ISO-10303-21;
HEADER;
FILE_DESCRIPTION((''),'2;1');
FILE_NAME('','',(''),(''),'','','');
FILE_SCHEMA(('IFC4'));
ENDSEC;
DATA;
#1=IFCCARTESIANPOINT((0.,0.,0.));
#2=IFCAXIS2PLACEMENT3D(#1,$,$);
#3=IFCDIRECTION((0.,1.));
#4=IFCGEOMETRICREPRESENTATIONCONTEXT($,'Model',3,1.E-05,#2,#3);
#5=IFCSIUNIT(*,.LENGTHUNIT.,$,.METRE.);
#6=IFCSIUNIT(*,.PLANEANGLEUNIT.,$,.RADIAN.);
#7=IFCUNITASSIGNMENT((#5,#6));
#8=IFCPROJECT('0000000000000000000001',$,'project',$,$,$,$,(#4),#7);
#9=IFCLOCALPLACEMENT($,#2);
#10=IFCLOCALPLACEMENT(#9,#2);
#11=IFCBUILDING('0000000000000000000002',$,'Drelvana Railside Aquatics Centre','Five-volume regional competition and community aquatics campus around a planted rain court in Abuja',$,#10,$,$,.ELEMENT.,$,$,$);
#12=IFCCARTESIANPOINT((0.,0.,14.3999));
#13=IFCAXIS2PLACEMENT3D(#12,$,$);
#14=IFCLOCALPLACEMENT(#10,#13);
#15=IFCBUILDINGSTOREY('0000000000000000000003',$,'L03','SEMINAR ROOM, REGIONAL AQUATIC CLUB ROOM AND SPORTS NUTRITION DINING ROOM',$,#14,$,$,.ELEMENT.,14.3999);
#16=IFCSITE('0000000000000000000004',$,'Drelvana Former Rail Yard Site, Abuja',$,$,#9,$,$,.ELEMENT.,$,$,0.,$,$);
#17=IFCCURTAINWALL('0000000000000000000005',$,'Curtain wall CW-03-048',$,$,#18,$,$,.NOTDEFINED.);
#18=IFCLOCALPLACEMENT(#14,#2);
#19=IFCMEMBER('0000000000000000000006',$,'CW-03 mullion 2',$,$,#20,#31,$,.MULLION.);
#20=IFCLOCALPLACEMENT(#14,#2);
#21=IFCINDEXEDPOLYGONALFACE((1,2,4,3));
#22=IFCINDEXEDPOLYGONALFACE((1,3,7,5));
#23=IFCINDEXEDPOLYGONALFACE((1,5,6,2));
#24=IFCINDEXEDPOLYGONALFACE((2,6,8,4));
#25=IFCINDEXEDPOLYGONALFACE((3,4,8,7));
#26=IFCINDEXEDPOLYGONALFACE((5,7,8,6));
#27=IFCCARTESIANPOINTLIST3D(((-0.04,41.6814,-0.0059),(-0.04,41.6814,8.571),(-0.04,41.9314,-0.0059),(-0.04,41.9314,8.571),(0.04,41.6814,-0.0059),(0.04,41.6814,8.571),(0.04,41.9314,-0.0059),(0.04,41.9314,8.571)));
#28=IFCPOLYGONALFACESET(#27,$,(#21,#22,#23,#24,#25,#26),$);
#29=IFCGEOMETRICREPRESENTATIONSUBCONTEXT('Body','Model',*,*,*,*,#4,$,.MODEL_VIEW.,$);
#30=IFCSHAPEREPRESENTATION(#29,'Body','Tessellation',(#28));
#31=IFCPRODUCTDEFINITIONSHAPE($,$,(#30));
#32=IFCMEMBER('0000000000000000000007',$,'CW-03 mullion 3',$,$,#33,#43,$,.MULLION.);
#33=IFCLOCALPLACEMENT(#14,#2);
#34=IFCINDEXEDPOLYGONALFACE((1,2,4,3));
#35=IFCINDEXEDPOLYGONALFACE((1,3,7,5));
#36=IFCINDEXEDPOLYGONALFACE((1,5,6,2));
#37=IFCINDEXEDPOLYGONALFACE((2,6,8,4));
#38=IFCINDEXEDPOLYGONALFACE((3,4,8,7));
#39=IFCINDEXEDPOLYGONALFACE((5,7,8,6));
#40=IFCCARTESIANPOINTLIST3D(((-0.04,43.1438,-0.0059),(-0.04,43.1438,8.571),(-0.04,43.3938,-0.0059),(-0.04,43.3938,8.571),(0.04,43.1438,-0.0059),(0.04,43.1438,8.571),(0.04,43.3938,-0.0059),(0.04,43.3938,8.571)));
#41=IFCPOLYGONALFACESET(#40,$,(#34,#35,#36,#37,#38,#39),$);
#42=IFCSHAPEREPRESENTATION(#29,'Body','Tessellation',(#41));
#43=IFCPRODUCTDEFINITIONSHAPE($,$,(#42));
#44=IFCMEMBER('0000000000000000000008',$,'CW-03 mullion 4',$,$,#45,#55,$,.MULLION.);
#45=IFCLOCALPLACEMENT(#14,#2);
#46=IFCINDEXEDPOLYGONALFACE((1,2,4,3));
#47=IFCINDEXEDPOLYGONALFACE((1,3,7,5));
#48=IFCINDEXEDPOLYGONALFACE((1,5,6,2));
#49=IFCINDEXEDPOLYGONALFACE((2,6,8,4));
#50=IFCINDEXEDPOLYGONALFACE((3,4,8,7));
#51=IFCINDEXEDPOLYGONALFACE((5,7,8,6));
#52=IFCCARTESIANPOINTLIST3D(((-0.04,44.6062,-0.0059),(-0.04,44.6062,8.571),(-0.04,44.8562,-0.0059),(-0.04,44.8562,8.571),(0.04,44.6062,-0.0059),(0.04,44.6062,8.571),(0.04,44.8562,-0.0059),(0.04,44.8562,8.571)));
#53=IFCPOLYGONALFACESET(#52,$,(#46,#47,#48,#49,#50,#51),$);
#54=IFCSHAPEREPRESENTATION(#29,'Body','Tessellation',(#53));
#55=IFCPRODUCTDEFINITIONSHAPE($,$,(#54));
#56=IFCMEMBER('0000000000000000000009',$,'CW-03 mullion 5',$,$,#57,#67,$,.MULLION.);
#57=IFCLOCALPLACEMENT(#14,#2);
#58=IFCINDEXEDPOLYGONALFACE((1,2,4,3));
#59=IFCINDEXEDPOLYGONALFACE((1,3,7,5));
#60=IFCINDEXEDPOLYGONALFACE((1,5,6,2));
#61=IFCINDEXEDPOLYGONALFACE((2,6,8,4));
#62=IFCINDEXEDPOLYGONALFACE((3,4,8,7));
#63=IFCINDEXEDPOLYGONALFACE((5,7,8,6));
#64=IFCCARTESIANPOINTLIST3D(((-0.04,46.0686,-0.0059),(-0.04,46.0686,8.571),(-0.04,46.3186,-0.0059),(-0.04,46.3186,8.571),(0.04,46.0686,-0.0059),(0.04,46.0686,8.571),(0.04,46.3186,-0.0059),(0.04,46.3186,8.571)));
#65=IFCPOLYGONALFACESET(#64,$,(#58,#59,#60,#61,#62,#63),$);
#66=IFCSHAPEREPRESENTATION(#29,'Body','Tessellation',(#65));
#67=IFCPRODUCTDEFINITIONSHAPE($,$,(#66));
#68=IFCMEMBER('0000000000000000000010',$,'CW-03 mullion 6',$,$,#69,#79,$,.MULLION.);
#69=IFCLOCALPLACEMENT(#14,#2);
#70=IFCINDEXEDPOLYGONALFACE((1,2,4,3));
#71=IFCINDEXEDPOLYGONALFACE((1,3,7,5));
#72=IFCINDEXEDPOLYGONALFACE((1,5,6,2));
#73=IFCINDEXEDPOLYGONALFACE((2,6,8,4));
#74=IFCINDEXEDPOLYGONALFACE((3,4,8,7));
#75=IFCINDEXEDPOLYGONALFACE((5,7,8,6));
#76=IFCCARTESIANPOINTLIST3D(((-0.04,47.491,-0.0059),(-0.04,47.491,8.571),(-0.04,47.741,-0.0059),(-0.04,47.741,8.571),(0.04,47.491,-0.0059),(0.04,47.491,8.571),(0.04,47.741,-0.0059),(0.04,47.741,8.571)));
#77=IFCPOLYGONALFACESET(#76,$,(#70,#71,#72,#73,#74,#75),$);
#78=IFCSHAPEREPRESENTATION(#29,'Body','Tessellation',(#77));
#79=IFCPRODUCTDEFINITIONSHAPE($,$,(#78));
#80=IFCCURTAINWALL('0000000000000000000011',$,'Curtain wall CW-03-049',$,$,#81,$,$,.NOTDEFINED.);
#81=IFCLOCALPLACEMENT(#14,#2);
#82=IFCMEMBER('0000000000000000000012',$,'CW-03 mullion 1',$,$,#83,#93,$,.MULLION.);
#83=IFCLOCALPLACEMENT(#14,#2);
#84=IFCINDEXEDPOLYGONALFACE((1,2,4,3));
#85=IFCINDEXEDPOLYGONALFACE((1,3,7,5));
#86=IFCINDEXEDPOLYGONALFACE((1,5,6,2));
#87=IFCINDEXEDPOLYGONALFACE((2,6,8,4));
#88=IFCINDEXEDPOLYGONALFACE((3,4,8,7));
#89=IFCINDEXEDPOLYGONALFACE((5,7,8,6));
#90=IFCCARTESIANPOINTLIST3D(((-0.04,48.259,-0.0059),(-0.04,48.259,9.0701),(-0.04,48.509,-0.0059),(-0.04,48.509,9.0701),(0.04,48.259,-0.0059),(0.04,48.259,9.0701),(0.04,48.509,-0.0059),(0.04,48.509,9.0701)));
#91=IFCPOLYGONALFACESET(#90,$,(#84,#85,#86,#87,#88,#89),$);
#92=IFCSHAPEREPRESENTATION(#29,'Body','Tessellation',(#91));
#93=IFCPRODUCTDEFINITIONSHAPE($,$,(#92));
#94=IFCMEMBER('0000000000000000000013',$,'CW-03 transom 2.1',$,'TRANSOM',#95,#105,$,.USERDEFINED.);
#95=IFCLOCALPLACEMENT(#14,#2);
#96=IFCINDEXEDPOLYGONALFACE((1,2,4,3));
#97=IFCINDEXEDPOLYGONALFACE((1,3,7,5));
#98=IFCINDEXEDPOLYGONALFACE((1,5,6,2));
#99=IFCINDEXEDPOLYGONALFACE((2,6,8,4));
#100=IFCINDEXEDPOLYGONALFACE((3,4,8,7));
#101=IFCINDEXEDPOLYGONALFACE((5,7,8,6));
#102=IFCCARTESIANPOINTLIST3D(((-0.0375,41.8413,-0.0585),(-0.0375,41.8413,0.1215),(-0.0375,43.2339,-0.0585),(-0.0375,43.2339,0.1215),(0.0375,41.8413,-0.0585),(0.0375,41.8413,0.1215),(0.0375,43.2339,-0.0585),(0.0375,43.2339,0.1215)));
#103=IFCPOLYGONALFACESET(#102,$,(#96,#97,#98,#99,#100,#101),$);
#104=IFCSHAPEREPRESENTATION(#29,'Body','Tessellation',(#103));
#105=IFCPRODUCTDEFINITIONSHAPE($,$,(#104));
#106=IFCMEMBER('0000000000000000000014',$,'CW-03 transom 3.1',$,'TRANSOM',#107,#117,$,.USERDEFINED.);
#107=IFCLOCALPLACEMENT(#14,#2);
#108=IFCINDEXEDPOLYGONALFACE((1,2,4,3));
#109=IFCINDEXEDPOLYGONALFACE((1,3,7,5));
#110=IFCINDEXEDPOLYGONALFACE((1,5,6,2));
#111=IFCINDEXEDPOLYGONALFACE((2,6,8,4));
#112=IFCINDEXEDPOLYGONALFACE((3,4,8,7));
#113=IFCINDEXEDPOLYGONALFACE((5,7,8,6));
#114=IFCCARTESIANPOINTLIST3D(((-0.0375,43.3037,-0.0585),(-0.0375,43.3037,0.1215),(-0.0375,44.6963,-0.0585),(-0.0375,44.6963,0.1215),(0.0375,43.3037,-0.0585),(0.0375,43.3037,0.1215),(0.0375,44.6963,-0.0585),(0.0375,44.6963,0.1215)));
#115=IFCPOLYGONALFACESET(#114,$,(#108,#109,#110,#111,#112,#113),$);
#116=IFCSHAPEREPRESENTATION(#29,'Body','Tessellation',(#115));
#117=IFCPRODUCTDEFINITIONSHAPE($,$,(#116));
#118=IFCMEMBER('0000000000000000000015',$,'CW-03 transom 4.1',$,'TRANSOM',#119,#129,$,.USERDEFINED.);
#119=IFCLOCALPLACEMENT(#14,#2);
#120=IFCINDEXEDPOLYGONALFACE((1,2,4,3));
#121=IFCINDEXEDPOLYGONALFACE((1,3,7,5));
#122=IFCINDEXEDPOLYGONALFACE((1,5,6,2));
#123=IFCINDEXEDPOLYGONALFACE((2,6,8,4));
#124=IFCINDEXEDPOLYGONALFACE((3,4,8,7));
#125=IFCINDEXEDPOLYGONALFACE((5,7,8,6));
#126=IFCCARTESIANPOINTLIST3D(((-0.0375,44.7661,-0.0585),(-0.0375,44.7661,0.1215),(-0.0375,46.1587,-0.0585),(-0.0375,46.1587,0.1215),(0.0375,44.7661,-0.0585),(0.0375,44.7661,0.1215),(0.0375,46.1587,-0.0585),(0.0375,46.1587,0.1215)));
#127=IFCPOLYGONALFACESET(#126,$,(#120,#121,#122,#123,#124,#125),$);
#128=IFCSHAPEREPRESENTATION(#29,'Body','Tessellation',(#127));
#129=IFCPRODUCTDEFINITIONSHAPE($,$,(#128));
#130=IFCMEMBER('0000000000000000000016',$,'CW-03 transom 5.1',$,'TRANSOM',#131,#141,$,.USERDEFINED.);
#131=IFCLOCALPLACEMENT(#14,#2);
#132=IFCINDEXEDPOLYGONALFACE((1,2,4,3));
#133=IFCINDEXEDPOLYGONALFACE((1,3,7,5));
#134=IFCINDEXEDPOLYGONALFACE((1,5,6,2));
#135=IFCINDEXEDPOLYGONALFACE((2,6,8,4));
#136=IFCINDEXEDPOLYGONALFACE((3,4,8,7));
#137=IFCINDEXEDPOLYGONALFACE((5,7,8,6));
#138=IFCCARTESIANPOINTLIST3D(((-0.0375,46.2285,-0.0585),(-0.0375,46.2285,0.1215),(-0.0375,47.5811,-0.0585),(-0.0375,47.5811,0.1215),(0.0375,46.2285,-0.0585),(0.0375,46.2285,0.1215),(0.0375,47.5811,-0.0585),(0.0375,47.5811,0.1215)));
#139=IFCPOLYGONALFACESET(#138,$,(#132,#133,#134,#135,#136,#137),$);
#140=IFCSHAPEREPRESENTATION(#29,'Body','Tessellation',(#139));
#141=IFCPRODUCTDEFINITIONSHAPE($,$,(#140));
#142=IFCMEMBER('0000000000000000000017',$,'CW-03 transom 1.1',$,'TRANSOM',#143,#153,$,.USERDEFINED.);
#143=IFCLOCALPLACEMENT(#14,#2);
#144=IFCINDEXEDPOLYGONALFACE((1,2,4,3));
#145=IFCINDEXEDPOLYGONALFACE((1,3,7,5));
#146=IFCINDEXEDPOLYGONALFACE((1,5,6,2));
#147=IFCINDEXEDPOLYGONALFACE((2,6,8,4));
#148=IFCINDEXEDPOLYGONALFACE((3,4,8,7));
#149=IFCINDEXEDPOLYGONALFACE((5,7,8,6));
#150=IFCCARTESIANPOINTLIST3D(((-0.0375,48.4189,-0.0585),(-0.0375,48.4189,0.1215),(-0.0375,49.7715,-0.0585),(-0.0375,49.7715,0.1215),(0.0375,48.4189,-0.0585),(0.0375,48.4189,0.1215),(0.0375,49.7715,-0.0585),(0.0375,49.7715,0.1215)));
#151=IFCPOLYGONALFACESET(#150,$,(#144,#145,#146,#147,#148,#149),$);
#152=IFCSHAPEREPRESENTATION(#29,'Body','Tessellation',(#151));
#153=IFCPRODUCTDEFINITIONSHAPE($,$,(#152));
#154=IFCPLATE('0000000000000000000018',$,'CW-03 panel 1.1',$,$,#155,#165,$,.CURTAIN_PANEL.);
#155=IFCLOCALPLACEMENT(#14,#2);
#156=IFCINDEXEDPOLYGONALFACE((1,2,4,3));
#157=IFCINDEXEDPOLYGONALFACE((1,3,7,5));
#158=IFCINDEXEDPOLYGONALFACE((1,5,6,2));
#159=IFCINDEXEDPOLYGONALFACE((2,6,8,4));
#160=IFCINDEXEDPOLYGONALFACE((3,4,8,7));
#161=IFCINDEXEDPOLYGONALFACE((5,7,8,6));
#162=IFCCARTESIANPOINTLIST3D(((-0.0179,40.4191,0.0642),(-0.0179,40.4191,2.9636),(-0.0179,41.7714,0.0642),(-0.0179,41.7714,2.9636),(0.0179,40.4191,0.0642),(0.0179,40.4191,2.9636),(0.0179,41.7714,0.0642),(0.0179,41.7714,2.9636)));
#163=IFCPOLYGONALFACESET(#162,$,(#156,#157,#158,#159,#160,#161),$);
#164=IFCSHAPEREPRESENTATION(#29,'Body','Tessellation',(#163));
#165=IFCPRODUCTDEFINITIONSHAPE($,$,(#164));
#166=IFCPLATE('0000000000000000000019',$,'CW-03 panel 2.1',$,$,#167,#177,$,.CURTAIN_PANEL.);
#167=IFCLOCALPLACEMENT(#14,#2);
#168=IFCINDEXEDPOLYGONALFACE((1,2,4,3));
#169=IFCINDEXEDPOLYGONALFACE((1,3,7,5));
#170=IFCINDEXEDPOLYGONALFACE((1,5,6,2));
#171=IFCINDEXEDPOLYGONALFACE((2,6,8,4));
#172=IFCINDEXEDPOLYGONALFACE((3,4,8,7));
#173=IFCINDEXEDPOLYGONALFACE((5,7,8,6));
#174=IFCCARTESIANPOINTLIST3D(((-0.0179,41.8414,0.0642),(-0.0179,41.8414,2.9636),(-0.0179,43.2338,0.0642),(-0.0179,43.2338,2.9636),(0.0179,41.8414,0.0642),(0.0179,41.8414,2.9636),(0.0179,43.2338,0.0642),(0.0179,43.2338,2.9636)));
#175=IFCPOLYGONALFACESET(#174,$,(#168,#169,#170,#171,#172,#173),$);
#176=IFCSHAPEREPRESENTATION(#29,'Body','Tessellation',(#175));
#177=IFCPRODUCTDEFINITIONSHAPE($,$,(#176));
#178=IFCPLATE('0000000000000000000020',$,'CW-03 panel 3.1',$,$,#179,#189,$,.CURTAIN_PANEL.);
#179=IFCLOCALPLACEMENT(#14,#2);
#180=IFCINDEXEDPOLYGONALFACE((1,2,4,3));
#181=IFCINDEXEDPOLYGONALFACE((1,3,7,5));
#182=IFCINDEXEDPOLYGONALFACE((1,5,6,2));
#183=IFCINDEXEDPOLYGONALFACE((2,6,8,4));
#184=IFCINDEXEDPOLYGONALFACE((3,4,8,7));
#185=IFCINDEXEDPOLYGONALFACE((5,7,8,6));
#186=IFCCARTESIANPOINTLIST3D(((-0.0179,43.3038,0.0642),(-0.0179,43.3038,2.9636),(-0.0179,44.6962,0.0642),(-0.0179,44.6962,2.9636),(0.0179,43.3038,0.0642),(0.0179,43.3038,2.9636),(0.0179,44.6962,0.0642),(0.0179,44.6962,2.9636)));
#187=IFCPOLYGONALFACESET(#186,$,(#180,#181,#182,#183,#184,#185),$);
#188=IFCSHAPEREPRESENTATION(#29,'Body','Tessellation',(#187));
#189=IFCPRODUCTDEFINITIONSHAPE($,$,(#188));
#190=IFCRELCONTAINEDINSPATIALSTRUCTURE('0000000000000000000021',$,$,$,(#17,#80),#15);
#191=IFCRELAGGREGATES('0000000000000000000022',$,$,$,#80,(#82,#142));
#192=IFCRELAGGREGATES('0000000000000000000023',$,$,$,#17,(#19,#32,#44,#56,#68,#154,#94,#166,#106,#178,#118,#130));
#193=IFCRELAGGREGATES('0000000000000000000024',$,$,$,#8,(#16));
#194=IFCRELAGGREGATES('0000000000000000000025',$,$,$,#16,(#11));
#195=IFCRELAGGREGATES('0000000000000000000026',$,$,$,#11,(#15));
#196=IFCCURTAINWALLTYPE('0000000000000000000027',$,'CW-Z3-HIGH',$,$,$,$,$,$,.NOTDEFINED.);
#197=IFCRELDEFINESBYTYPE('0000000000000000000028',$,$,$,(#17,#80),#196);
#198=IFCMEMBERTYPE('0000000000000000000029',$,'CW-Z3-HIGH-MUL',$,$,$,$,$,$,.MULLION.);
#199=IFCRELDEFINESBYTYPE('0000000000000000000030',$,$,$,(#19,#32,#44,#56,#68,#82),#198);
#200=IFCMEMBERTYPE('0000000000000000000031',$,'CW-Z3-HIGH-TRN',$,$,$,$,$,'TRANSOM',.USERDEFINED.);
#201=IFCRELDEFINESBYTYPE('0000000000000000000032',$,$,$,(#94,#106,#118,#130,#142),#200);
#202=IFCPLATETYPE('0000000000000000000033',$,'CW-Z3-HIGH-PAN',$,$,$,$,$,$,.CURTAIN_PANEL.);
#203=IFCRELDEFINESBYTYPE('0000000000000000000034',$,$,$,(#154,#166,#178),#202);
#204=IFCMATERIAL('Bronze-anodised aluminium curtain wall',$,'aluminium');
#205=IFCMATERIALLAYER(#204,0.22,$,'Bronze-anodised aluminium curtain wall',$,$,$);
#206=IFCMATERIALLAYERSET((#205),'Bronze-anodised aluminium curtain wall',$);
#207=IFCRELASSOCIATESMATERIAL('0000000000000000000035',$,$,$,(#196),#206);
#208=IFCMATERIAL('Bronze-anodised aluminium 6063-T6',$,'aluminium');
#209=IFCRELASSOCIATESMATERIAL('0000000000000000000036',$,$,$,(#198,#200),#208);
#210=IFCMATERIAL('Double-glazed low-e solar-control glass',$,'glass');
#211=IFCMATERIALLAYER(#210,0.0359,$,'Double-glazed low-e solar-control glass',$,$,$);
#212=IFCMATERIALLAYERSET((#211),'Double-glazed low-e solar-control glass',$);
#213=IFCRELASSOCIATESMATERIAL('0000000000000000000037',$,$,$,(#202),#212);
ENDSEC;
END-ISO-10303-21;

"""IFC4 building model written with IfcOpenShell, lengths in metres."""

from ifc_helpers import new_model, si_unit, direction, frame, origin, origin_2d, place, context, subcontext, project, spatial, rectangle, extrude, material, layer, layer_set, material_profile, profile_set, type_object, element, aggregate, save


model = new_model("IFC4")

# Units and contexts
model_context = context("Model", 3, precision=1e-05, world=origin(), true_north=direction((0.0, 1.0)))
body_context = subcontext(model_context, "Body", "Model", "MODEL_VIEW")
ifc_project = project(units=[si_unit("LENGTHUNIT", "METRE"), si_unit("PLANEANGLEUNIT", "RADIAN")], contexts=[model_context])

# Site, building, storey
site_placement = place(None, origin())
site = spatial("IfcSite", under=ifc_project, at=site_placement, Name="Drelvana Former Rail Yard Site, Abuja", CompositionType="ELEMENT", RefElevation=0.0)
building_placement = place(site_placement, origin())
building = spatial("IfcBuilding", under=site, at=building_placement, Name="Drelvana Railside Aquatics Centre", Description="Five-volume regional competition and community aquatics campus around a planted rain court in Abuja", CompositionType="ELEMENT")
storey_placement = place(building_placement, frame((0.0, 0.0, 14.3999)))
storey = spatial("IfcBuildingStorey", under=building, at=storey_placement, Name="L03", Description="SEMINAR ROOM, REGIONAL AQUATIC CLUB ROOM AND SPORTS NUTRITION DINING ROOM", CompositionType="ELEMENT", Elevation=14.3999)

# Curtain wall, members
ifc_material_1 = material(Name="Bronze-anodised aluminium curtain wall", Category="aluminium")
ifc_layer_1 = layer(ifc_material_1, 0.22, Name="Bronze-anodised aluminium curtain wall")
ifc_layer_set_1 = layer_set([ifc_layer_1], Name="Bronze-anodised aluminium curtain wall")
curtain_wall_type = type_object("IfcCurtainWallType", Name="CW-Z3-HIGH", PredefinedType="NOTDEFINED", material=ifc_layer_set_1)
curtain_wall_1_placement = place(storey_placement, origin())
curtain_wall_1 = element("IfcCurtainWall", 1, at=curtain_wall_1_placement, inside=storey, type_object=curtain_wall_type, Name="Curtain wall CW-03-048", PredefinedType="NOTDEFINED")
ifc_material_2 = material(Name="Bronze-anodised aluminium 6063-T6", Category="aluminium")
ifc_material_profile_1 = material_profile(ifc_material_2, rectangle(XDim=0.0801, YDim=0.25, at=origin_2d()), Name="ALU-M 80x250")
ifc_profile_set_1 = profile_set([ifc_material_profile_1], Name="Bronze-anodised aluminium 6063-T6")
member_type_1 = type_object("IfcMemberType", Name="CW-Z3-HIGH-MUL", PredefinedType="MULLION", material=ifc_profile_set_1)
member_1_placement = place(storey_placement, frame((0.0, 41.8064, -0.0059), z_axis=(0.0, 0.0, 1.0), x_axis=(-1.0, 0.0, 0.0)))
member_1 = element("IfcMember", 2, at=member_1_placement, type_object=member_type_1, Name="CW-03 mullion 2", PredefinedType="MULLION", context=body_context, shape_type="SweptSolid", body=[
    extrude(rectangle(XDim=0.0801, YDim=0.25, at=origin_2d()), origin(), (0.0, 0.0, 1.0), 8.5769),
])
member_2_placement = place(storey_placement, frame((0.0, 43.2688, -0.0059), z_axis=(0.0, 0.0, 1.0), x_axis=(-1.0, 0.0, 0.0)))
member_2 = element("IfcMember", 3, at=member_2_placement, type_object=member_type_1, Name="CW-03 mullion 3", PredefinedType="MULLION", context=body_context, shape_type="SweptSolid", body=[
    extrude(rectangle(XDim=0.0801, YDim=0.25, at=origin_2d()), origin(), (0.0, 0.0, 1.0), 8.5769),
])
member_3_placement = place(storey_placement, frame((0.0, 44.7312, -0.0059), z_axis=(0.0, 0.0, 1.0), x_axis=(-1.0, 0.0, 0.0)))
member_3 = element("IfcMember", 4, at=member_3_placement, type_object=member_type_1, Name="CW-03 mullion 4", PredefinedType="MULLION", context=body_context, shape_type="SweptSolid", body=[
    extrude(rectangle(XDim=0.0801, YDim=0.25, at=origin_2d()), origin(), (0.0, 0.0, 1.0), 8.5769),
])
member_4_placement = place(storey_placement, frame((0.0, 46.1936, -0.0059), z_axis=(0.0, 0.0, 1.0), x_axis=(-1.0, 0.0, 0.0)))
member_4 = element("IfcMember", 5, at=member_4_placement, type_object=member_type_1, Name="CW-03 mullion 5", PredefinedType="MULLION", context=body_context, shape_type="SweptSolid", body=[
    extrude(rectangle(XDim=0.0801, YDim=0.25, at=origin_2d()), origin(), (0.0, 0.0, 1.0), 8.5769),
])
member_5_placement = place(storey_placement, frame((0.0, 47.616, -0.0059), z_axis=(0.0, 0.0, 1.0), x_axis=(-1.0, 0.0, 0.0)))
member_5 = element("IfcMember", 6, at=member_5_placement, type_object=member_type_1, Name="CW-03 mullion 6", PredefinedType="MULLION", context=body_context, shape_type="SweptSolid", body=[
    extrude(rectangle(XDim=0.0801, YDim=0.25, at=origin_2d()), origin(), (0.0, 0.0, 1.0), 8.5769),
])

# Curtain wall, member
curtain_wall_2_placement = place(storey_placement, origin())
curtain_wall_2 = element("IfcCurtainWall", 7, at=curtain_wall_2_placement, inside=storey, type_object=curtain_wall_type, Name="Curtain wall CW-03-049", PredefinedType="NOTDEFINED")
member_6_placement = place(storey_placement, frame((0.0, 48.384, -0.0059), z_axis=(0.0, 0.0, 1.0), x_axis=(-1.0, 0.0, 0.0)))
member_6 = element("IfcMember", 8, at=member_6_placement, type_object=member_type_1, Name="CW-03 mullion 1", PredefinedType="MULLION", context=body_context, shape_type="SweptSolid", body=[
    extrude(rectangle(XDim=0.0801, YDim=0.25, at=origin_2d()), origin(), (0.0, 0.0, 1.0), 9.0759),
])

# Members
ifc_material_profile_2 = material_profile(ifc_material_2, rectangle(XDim=0.1799, YDim=0.075, at=origin_2d()), Name="ALU-T 75x180")
ifc_profile_set_2 = profile_set([ifc_material_profile_2], Name="Bronze-anodised aluminium 6063-T6")
member_type_2 = type_object("IfcMemberType", Name="CW-Z3-HIGH-TRN", ElementType="TRANSOM", PredefinedType="USERDEFINED", material=ifc_profile_set_2)
member_7_placement = place(storey_placement, frame((0.0, 41.8413, 0.0315), z_axis=(0.0, 1.0, 0.0), x_axis=(0.0, 0.0, 1.0)))
member_7 = element("IfcMember", 9, at=member_7_placement, type_object=member_type_2, Name="CW-03 transom 2.1", ObjectType="TRANSOM", PredefinedType="USERDEFINED", context=body_context, shape_type="SweptSolid", body=[
    extrude(rectangle(XDim=0.1799, YDim=0.075, at=origin_2d()), origin(), (0.0, 0.0, 1.0), 1.3926),
])
member_8_placement = place(storey_placement, frame((0.0, 43.3037, 0.0315), z_axis=(0.0, 1.0, 0.0), x_axis=(0.0, 0.0, 1.0)))
member_8 = element("IfcMember", 10, at=member_8_placement, type_object=member_type_2, Name="CW-03 transom 3.1", ObjectType="TRANSOM", PredefinedType="USERDEFINED", context=body_context, shape_type="SweptSolid", body=[
    extrude(rectangle(XDim=0.1799, YDim=0.075, at=origin_2d()), origin(), (0.0, 0.0, 1.0), 1.3926),
])
member_9_placement = place(storey_placement, frame((0.0, 44.7661, 0.0315), z_axis=(0.0, 1.0, 0.0), x_axis=(0.0, 0.0, 1.0)))
member_9 = element("IfcMember", 11, at=member_9_placement, type_object=member_type_2, Name="CW-03 transom 4.1", ObjectType="TRANSOM", PredefinedType="USERDEFINED", context=body_context, shape_type="SweptSolid", body=[
    extrude(rectangle(XDim=0.1799, YDim=0.075, at=origin_2d()), origin(), (0.0, 0.0, 1.0), 1.3926),
])
member_10_placement = place(storey_placement, frame((0.0, 46.2285, 0.0315), z_axis=(0.0, 1.0, 0.0), x_axis=(0.0, 0.0, 1.0)))
member_10 = element("IfcMember", 12, at=member_10_placement, type_object=member_type_2, Name="CW-03 transom 5.1", ObjectType="TRANSOM", PredefinedType="USERDEFINED", context=body_context, shape_type="SweptSolid", body=[
    extrude(rectangle(XDim=0.1799, YDim=0.075, at=origin_2d()), origin(), (0.0, 0.0, 1.0), 1.3525),
])
member_11_placement = place(storey_placement, frame((0.0, 48.4189, 0.0315), z_axis=(0.0, 1.0, 0.0), x_axis=(0.0, 0.0, 1.0)))
member_11 = element("IfcMember", 13, at=member_11_placement, type_object=member_type_2, Name="CW-03 transom 1.1", ObjectType="TRANSOM", PredefinedType="USERDEFINED", context=body_context, shape_type="SweptSolid", body=[
    extrude(rectangle(XDim=0.1799, YDim=0.075, at=origin_2d()), origin(), (0.0, 0.0, 1.0), 1.3525),
])
aggregate(curtain_wall_2, [member_6, member_11])

# Plates
ifc_material_3 = material(Name="Double-glazed low-e solar-control glass", Category="glass")
ifc_layer_2 = layer(ifc_material_3, 0.0359, Name="Double-glazed low-e solar-control glass")
ifc_layer_set_2 = layer_set([ifc_layer_2], Name="Double-glazed low-e solar-control glass")
plate_type = type_object("IfcPlateType", Name="CW-Z3-HIGH-PAN", PredefinedType="CURTAIN_PANEL", material=ifc_layer_set_2)
plate_1_placement = place(storey_placement, frame((0.0, 41.0952, 0.0642), z_axis=(0.0, 0.0, 1.0), x_axis=(0.0, 1.0, 0.0)))
plate_1 = element("IfcPlate", 14, at=plate_1_placement, type_object=plate_type, Name="CW-03 panel 1.1", PredefinedType="CURTAIN_PANEL", context=body_context, shape_type="SweptSolid", body=[
    extrude(rectangle(XDim=1.3523, YDim=0.0359, at=origin_2d()), origin(), (0.0, 0.0, 1.0), 2.8994),
])
plate_2_placement = place(storey_placement, frame((0.0, 42.5376, 0.0642), z_axis=(0.0, 0.0, 1.0), x_axis=(0.0, 1.0, 0.0)))
plate_2 = element("IfcPlate", 15, at=plate_2_placement, type_object=plate_type, Name="CW-03 panel 2.1", PredefinedType="CURTAIN_PANEL", context=body_context, shape_type="SweptSolid", body=[
    extrude(rectangle(XDim=1.3923, YDim=0.0359, at=origin_2d()), origin(), (0.0, 0.0, 1.0), 2.8994),
])
plate_3_placement = place(storey_placement, frame((0.0, 44.0, 0.0642), z_axis=(0.0, 0.0, 1.0), x_axis=(0.0, 1.0, 0.0)))
plate_3 = element("IfcPlate", 16, at=plate_3_placement, type_object=plate_type, Name="CW-03 panel 3.1", PredefinedType="CURTAIN_PANEL", context=body_context, shape_type="SweptSolid", body=[
    extrude(rectangle(XDim=1.3923, YDim=0.0359, at=origin_2d()), origin(), (0.0, 0.0, 1.0), 2.8994),
])
aggregate(curtain_wall_1, [member_1, member_2, member_3, member_4, member_5, plate_1, member_7, plate_2, member_8, plate_3, member_9, member_10])

save(model, "model.ifc")
